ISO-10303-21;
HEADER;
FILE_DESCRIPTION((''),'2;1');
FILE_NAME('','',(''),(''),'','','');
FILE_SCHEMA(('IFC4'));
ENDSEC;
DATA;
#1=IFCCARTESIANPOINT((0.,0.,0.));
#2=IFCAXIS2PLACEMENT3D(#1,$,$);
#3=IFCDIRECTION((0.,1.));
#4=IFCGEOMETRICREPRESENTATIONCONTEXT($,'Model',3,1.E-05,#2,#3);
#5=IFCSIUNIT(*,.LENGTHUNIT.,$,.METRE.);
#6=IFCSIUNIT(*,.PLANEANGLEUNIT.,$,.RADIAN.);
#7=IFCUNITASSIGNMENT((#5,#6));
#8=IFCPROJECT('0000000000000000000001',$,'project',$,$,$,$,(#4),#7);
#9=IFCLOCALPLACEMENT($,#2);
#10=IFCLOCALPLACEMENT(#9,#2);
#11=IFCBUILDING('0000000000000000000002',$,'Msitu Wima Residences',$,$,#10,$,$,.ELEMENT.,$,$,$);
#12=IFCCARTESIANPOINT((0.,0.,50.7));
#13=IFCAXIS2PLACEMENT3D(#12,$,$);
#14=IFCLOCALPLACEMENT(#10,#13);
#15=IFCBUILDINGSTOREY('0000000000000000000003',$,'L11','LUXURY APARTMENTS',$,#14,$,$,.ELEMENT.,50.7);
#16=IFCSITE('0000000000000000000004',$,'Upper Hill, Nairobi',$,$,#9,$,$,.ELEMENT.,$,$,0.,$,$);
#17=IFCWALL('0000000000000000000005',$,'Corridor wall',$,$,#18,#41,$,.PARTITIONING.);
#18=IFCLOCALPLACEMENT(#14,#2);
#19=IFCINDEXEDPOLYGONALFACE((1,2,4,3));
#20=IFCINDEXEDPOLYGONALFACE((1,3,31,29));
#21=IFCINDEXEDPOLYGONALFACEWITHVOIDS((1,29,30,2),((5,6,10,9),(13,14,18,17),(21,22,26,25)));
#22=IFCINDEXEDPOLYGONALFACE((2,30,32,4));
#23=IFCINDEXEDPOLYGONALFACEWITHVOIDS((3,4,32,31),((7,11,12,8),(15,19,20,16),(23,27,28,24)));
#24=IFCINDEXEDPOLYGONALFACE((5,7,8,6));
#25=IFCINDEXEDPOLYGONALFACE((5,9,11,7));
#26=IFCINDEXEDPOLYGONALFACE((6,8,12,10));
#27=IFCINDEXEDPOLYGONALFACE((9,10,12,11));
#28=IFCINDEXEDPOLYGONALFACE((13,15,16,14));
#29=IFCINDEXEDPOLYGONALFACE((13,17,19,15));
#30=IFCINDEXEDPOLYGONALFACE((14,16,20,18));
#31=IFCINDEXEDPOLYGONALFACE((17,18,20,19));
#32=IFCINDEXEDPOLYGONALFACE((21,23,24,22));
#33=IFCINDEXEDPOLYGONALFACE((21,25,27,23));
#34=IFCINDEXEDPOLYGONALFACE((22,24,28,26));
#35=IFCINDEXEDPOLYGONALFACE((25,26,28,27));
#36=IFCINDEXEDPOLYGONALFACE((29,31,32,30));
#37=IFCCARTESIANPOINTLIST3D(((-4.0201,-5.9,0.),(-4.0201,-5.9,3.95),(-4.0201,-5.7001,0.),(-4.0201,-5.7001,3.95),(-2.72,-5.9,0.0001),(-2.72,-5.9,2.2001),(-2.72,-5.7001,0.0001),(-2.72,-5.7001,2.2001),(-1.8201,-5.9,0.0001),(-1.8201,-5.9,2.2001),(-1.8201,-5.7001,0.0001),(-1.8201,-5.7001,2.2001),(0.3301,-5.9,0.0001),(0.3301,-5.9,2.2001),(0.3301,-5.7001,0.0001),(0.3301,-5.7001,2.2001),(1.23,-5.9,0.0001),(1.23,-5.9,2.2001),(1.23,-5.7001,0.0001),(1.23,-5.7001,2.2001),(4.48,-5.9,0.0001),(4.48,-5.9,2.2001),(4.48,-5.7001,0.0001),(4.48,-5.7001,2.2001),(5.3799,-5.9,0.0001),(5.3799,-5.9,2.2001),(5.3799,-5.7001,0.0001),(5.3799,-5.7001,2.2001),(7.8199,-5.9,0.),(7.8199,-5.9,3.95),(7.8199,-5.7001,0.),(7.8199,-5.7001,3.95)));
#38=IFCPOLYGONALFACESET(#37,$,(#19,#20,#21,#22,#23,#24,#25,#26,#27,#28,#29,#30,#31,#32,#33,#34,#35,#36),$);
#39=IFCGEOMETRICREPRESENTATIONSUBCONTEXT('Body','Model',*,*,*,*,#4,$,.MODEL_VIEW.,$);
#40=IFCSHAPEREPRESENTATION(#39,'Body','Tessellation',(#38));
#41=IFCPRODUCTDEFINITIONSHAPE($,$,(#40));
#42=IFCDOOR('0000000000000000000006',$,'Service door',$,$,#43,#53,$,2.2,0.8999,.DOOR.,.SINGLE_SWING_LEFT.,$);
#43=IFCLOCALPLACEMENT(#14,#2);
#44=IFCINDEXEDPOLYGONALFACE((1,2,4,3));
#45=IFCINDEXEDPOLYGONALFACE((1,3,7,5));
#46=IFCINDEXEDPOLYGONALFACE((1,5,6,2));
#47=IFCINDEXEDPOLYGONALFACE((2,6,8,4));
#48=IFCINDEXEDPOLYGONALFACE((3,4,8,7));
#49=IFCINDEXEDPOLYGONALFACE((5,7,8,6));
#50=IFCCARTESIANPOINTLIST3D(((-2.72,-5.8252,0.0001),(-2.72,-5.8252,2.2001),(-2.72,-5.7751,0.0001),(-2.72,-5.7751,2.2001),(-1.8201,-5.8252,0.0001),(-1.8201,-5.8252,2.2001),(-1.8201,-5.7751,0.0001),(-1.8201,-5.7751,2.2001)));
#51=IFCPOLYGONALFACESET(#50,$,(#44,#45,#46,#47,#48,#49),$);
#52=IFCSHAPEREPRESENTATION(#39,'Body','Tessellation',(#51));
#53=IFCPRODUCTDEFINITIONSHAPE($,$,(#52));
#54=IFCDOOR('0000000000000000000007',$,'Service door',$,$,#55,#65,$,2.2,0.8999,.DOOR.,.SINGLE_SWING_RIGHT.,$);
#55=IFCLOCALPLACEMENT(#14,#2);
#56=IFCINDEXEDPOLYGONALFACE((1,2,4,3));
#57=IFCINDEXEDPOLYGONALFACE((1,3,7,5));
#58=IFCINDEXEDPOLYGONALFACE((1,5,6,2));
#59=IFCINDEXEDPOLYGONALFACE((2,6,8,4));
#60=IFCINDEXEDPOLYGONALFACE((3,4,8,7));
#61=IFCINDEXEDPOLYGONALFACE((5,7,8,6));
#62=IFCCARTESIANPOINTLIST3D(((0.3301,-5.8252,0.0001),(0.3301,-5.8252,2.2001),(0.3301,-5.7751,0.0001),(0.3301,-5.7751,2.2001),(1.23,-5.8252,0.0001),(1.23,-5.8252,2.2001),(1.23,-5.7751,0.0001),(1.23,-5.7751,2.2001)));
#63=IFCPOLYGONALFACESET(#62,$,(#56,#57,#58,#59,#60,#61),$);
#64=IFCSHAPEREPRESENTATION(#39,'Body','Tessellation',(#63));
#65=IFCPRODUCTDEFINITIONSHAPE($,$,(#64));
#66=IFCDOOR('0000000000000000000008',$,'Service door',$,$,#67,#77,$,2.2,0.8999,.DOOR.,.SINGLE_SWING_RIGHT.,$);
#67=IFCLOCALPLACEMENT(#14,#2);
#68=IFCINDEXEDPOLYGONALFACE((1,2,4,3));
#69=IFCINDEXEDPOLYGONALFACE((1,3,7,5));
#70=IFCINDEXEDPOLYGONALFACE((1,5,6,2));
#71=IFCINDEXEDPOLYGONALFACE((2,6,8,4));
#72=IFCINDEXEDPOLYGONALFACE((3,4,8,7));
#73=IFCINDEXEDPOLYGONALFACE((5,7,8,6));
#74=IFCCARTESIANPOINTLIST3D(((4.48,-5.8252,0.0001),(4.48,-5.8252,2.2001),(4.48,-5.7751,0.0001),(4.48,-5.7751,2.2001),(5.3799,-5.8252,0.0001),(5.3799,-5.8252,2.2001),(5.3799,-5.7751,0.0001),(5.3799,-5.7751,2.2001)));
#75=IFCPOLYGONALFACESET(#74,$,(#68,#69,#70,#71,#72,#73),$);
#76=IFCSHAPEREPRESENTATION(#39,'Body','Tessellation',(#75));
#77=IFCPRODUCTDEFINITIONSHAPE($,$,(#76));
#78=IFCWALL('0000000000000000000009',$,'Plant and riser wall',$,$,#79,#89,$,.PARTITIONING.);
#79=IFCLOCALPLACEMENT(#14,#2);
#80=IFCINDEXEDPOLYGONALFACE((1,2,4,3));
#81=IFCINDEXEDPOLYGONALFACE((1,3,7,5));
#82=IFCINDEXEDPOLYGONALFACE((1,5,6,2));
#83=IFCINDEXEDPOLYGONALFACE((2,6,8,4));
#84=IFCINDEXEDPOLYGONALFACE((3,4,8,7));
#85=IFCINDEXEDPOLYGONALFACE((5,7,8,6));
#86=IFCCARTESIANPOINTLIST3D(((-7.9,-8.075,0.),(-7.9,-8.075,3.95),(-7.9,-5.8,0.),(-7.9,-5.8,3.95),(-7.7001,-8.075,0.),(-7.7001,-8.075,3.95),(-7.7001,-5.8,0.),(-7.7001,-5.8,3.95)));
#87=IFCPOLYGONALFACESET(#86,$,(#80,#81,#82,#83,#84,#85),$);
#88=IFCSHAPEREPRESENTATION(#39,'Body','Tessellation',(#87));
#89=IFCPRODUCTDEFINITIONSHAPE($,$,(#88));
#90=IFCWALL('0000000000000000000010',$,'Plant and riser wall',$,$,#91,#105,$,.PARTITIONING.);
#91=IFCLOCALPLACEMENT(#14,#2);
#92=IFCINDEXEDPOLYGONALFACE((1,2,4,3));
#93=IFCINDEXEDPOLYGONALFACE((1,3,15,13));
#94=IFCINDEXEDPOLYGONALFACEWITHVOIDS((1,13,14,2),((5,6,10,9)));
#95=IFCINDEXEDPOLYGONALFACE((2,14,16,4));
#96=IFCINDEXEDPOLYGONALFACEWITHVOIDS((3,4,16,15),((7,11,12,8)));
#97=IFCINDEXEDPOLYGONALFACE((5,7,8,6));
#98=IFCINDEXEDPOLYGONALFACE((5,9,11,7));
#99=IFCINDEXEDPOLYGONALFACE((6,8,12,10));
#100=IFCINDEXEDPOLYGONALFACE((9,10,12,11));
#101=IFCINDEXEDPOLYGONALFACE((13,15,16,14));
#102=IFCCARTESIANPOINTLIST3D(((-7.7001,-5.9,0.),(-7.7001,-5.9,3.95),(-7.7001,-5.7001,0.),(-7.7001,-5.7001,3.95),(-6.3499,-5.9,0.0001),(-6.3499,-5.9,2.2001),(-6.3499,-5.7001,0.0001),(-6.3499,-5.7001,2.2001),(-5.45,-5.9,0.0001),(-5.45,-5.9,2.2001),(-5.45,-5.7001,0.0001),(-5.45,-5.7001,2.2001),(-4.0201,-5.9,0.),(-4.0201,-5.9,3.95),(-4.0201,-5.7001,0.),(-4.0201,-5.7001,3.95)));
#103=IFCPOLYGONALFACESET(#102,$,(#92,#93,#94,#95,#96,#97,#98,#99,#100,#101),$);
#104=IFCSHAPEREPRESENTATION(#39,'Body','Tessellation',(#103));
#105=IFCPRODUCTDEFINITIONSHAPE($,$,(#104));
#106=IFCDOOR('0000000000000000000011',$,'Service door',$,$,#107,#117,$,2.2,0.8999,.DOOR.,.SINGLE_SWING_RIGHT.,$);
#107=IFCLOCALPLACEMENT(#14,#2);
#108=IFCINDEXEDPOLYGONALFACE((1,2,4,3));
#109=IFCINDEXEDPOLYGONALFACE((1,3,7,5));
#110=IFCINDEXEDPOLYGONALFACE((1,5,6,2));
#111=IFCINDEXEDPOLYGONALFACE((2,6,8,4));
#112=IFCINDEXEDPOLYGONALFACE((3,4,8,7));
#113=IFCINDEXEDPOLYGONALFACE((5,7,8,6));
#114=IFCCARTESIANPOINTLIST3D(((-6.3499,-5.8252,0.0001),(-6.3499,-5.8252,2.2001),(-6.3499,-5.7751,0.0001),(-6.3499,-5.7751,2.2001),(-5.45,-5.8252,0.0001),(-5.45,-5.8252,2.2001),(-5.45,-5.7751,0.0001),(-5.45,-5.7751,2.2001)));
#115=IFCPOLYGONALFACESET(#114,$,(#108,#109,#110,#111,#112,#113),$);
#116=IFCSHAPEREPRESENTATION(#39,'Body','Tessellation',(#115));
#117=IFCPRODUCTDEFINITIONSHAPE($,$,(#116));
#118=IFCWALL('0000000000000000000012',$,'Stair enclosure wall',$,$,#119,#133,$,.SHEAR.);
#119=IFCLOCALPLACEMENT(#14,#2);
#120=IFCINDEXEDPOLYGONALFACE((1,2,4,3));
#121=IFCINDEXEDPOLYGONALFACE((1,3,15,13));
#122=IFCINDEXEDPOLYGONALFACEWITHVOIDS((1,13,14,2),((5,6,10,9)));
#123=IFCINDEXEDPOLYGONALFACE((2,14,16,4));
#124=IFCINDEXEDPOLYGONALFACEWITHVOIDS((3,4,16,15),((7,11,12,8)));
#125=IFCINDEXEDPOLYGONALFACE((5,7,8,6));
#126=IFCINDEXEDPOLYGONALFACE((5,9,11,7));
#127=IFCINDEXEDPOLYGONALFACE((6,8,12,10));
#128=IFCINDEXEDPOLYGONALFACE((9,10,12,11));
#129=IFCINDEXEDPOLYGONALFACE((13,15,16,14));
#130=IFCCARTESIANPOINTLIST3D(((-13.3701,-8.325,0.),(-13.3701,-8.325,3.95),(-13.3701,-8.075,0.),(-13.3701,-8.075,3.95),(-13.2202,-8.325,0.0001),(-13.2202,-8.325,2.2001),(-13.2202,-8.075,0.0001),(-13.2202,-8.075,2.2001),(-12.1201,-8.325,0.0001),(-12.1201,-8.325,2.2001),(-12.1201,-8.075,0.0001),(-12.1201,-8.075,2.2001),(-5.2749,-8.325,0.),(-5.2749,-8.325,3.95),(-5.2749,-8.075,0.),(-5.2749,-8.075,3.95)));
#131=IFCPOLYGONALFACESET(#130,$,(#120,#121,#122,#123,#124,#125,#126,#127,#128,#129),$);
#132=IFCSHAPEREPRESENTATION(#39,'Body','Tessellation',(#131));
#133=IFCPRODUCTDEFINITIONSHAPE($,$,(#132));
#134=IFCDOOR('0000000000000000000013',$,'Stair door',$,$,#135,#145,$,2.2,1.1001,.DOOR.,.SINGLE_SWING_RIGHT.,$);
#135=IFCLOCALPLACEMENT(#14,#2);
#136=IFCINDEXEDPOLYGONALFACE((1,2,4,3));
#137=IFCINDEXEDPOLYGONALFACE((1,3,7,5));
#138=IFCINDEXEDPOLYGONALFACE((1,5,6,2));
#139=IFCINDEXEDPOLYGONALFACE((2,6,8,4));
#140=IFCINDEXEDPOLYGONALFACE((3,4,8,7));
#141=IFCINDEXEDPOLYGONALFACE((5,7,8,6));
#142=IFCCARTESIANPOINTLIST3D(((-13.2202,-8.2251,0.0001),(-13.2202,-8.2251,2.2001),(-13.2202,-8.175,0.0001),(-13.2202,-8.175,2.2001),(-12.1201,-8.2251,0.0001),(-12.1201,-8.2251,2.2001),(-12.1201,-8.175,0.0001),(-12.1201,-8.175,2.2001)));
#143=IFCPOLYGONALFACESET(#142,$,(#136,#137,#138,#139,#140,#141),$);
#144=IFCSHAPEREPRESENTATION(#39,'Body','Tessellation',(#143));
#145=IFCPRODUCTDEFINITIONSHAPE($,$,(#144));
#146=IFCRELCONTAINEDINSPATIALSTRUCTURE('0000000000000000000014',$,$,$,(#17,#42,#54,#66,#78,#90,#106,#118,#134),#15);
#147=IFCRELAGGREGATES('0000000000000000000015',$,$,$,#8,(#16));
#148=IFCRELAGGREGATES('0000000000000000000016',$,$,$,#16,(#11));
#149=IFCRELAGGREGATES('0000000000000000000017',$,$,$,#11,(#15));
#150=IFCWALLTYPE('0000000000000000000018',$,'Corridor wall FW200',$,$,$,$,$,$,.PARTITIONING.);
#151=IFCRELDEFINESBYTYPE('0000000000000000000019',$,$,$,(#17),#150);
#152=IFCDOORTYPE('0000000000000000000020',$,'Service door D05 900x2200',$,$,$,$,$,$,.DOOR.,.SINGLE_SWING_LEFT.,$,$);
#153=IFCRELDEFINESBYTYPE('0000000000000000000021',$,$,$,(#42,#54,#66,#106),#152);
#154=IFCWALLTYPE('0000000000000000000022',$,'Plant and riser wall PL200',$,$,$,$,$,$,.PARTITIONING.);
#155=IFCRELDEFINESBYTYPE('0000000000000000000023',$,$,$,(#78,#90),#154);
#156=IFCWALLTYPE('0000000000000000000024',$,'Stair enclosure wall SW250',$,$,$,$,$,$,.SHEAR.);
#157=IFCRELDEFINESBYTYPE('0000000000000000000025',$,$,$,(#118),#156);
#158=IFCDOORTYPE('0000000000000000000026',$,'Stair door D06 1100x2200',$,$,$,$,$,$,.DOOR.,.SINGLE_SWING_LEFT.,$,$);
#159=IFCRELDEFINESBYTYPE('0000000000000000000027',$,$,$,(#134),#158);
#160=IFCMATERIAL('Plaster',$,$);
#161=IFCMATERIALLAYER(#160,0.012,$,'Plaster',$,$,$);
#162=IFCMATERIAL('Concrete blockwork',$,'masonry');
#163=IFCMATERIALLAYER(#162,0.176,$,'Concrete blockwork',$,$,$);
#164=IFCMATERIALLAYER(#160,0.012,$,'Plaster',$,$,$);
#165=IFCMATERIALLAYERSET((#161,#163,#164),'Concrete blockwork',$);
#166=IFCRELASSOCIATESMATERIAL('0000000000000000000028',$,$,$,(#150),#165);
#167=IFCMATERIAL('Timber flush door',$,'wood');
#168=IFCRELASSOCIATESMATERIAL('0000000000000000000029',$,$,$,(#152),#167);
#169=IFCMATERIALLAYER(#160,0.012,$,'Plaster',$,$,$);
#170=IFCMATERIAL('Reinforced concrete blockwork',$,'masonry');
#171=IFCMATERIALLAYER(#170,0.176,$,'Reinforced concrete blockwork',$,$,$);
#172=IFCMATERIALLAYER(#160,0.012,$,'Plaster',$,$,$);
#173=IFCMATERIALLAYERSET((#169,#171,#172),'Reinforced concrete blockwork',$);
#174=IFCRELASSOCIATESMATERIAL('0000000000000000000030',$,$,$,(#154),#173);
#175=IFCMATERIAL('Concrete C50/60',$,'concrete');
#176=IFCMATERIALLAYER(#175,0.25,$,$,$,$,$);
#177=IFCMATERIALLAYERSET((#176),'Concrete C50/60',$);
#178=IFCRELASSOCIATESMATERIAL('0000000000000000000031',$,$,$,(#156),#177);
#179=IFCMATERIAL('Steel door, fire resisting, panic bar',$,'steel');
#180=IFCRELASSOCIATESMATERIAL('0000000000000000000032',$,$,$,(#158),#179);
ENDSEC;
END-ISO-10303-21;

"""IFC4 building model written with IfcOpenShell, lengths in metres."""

from ifc_helpers import new_model, si_unit, direction, frame, frame_2d, origin, place, context, subcontext, project, spatial, rectangle, extrude, material, layer, layer_set, type_object, element, fill, save


model = new_model("IFC4")

# Units and contexts
model_context = context("Model", 3, precision=1e-05, world=origin(), true_north=direction((0.0, 1.0)))
body_context = subcontext(model_context, "Body", "Model", "MODEL_VIEW")
ifc_project = project(units=[si_unit("LENGTHUNIT", "METRE"), si_unit("PLANEANGLEUNIT", "RADIAN")], contexts=[model_context])

# Site, building, storey
site_placement = place(None, origin())
site = spatial("IfcSite", under=ifc_project, at=site_placement, Name="Upper Hill, Nairobi", CompositionType="ELEMENT", RefElevation=0.0)
building_placement = place(site_placement, origin())
building = spatial("IfcBuilding", under=site, at=building_placement, Name="Msitu Wima Residences", CompositionType="ELEMENT")
storey_placement = place(building_placement, frame((0.0, 0.0, 50.7)))
storey = spatial("IfcBuildingStorey", under=building, at=storey_placement, Name="L11", Description="LUXURY APARTMENTS", CompositionType="ELEMENT", Elevation=50.7)

# Shared definitions
ifc_material_1 = material(Name="Plaster")
ifc_layer_1 = layer(ifc_material_1, 0.012, Name="Plaster")
ifc_material_2 = material(Name="Concrete blockwork", Category="masonry")
ifc_layer_2 = layer(ifc_material_2, 0.176, Name="Concrete blockwork")
ifc_layer_3 = layer(ifc_material_1, 0.012, Name="Plaster")
ifc_layer_set_1 = layer_set([ifc_layer_1, ifc_layer_2, ifc_layer_3], Name="Concrete blockwork")
wall_type_1 = type_object("IfcWallType", Name="Corridor wall FW200", PredefinedType="PARTITIONING", material=ifc_layer_set_1)

# Wall, openings, doors
wall_1_placement = place(storey_placement, frame((-4.02, -5.8, 0.0), z_axis=(0.0, 0.0, 1.0), x_axis=(1.0, 0.0, 0.0)))
wall_1 = element("IfcWall", 1, at=wall_1_placement, inside=storey, type_object=wall_type_1, Name="Corridor wall", PredefinedType="PARTITIONING", context=body_context, shape_type="SweptSolid", body=[
    extrude(rectangle(XDim=11.8401, YDim=0.2, at=frame_2d((5.9199, 0.0))), origin(), (0.0, 0.0, 1.0), 3.95),
])
opening_1_placement = place(wall_1_placement, frame((1.3, 0.0, 0.0)))
opening_1 = element("IfcOpeningElement", 2, at=opening_1_placement, cuts=wall_1, PredefinedType="OPENING", context=body_context, shape_type="SweptSolid", body=[
    extrude(rectangle(XDim=0.8999, YDim=2.2, at=frame_2d((0.45, 1.1001))), frame((0.0, 0.1099, 0.0), z_axis=(0.0, -1.0, 0.0), x_axis=(1.0, 0.0, 0.0)), (0.0, 0.0, 1.0), 0.22),
])
opening_2_placement = place(wall_1_placement, frame((4.3501, 0.0, 0.0)))
opening_2 = element("IfcOpeningElement", 3, at=opening_2_placement, cuts=wall_1, PredefinedType="OPENING", context=body_context, shape_type="SweptSolid", body=[
    extrude(rectangle(XDim=0.8999, YDim=2.2, at=frame_2d((0.45, 1.1001))), frame((0.0, 0.1099, 0.0), z_axis=(0.0, -1.0, 0.0), x_axis=(1.0, 0.0, 0.0)), (0.0, 0.0, 1.0), 0.22),
])
opening_3_placement = place(wall_1_placement, frame((8.5, 0.0, 0.0)))
opening_3 = element("IfcOpeningElement", 4, at=opening_3_placement, cuts=wall_1, PredefinedType="OPENING", context=body_context, shape_type="SweptSolid", body=[
    extrude(rectangle(XDim=0.8999, YDim=2.2, at=frame_2d((0.45, 1.1001))), frame((0.0, 0.1099, 0.0), z_axis=(0.0, -1.0, 0.0), x_axis=(1.0, 0.0, 0.0)), (0.0, 0.0, 1.0), 0.22),
])
ifc_material_3 = material(Name="Timber flush door", Category="wood")
door_type_1 = type_object("IfcDoorType", Name="Service door D05 900x2200", OperationType="SINGLE_SWING_LEFT", PredefinedType="DOOR", material=ifc_material_3)
door_1_placement = place(opening_1_placement, origin())
door_1 = element("IfcDoor", 5, at=door_1_placement, inside=storey, type_object=door_type_1, Name="Service door", OperationType="SINGLE_SWING_LEFT", OverallHeight=2.2, OverallWidth=0.8999, PredefinedType="DOOR", context=body_context, shape_type="SweptSolid", body=[
    extrude(rectangle(XDim=0.8999, YDim=2.2, at=frame_2d((0.45, 1.1001))), frame((0.0, 0.0249, 0.0), z_axis=(0.0, -1.0, 0.0), x_axis=(1.0, 0.0, 0.0)), (0.0, 0.0, 1.0), 0.05),
])
fill(opening_1, door_1)
door_2_placement = place(opening_2_placement, origin())
door_2 = element("IfcDoor", 6, at=door_2_placement, inside=storey, type_object=door_type_1, Name="Service door", OperationType="SINGLE_SWING_RIGHT", OverallHeight=2.2, OverallWidth=0.8999, PredefinedType="DOOR", context=body_context, shape_type="SweptSolid", body=[
    extrude(rectangle(XDim=0.8999, YDim=2.2, at=frame_2d((0.45, 1.1001))), frame((0.0, 0.0249, 0.0), z_axis=(0.0, -1.0, 0.0), x_axis=(1.0, 0.0, 0.0)), (0.0, 0.0, 1.0), 0.05),
])
fill(opening_2, door_2)
door_3_placement = place(opening_3_placement, origin())
door_3 = element("IfcDoor", 7, at=door_3_placement, inside=storey, type_object=door_type_1, Name="Service door", OperationType="SINGLE_SWING_RIGHT", OverallHeight=2.2, OverallWidth=0.8999, PredefinedType="DOOR", context=body_context, shape_type="SweptSolid", body=[
    extrude(rectangle(XDim=0.8999, YDim=2.2, at=frame_2d((0.45, 1.1001))), frame((0.0, 0.0249, 0.0), z_axis=(0.0, -1.0, 0.0), x_axis=(1.0, 0.0, 0.0)), (0.0, 0.0, 1.0), 0.05),
])
fill(opening_3, door_3)

# Wall
ifc_layer_4 = layer(ifc_material_1, 0.012, Name="Plaster")
ifc_material_4 = material(Name="Reinforced concrete blockwork", Category="masonry")
ifc_layer_5 = layer(ifc_material_4, 0.176, Name="Reinforced concrete blockwork")
ifc_layer_6 = layer(ifc_material_1, 0.012, Name="Plaster")
ifc_layer_set_2 = layer_set([ifc_layer_4, ifc_layer_5, ifc_layer_6], Name="Reinforced concrete blockwork")
wall_type_2 = type_object("IfcWallType", Name="Plant and riser wall PL200", PredefinedType="PARTITIONING", material=ifc_layer_set_2)
wall_2_placement = place(storey_placement, frame((-7.8, -8.075, 0.0), z_axis=(0.0, 0.0, 1.0), x_axis=(0.0, 1.0, 0.0)))
element("IfcWall", 8, at=wall_2_placement, inside=storey, type_object=wall_type_2, Name="Plant and riser wall", PredefinedType="PARTITIONING", context=body_context, shape_type="SweptSolid", body=[
    extrude(rectangle(XDim=2.2749, YDim=0.2, at=frame_2d((1.1375, 0.0))), origin(), (0.0, 0.0, 1.0), 3.95),
])

# Walls, openings, doors
wall_3_placement = place(storey_placement, frame((-7.7, -5.8, 0.0), z_axis=(0.0, 0.0, 1.0), x_axis=(1.0, 0.0, 0.0)))
wall_3 = element("IfcWall", 9, at=wall_3_placement, inside=storey, type_object=wall_type_2, Name="Plant and riser wall", PredefinedType="PARTITIONING", context=body_context, shape_type="SweptSolid", body=[
    extrude(rectangle(XDim=3.6799, YDim=0.2, at=frame_2d((1.8398, 0.0))), origin(), (0.0, 0.0, 1.0), 3.95),
])
opening_4_placement = place(wall_3_placement, frame((1.3501, 0.0, 0.0)))
opening_4 = element("IfcOpeningElement", 10, at=opening_4_placement, cuts=wall_3, PredefinedType="OPENING", context=body_context, shape_type="SweptSolid", body=[
    extrude(rectangle(XDim=0.8999, YDim=2.2, at=frame_2d((0.45, 1.1001))), frame((0.0, 0.1099, 0.0), z_axis=(0.0, -1.0, 0.0), x_axis=(1.0, 0.0, 0.0)), (0.0, 0.0, 1.0), 0.22),
])
door_4_placement = place(opening_4_placement, origin())
door_4 = element("IfcDoor", 11, at=door_4_placement, inside=storey, type_object=door_type_1, Name="Service door", OperationType="SINGLE_SWING_RIGHT", OverallHeight=2.2, OverallWidth=0.8999, PredefinedType="DOOR", context=body_context, shape_type="SweptSolid", body=[
    extrude(rectangle(XDim=0.8999, YDim=2.2, at=frame_2d((0.45, 1.1001))), frame((0.0, 0.0249, 0.0), z_axis=(0.0, -1.0, 0.0), x_axis=(1.0, 0.0, 0.0)), (0.0, 0.0, 1.0), 0.05),
])
fill(opening_4, door_4)
ifc_material_5 = material(Name="Concrete C50/60", Category="concrete")
ifc_layer_7 = layer(ifc_material_5, 0.25)
ifc_layer_set_3 = layer_set([ifc_layer_7], Name="Concrete C50/60")
wall_type_3 = type_object("IfcWallType", Name="Stair enclosure wall SW250", PredefinedType="SHEAR", material=ifc_layer_set_3)
wall_4_placement = place(storey_placement, frame((-13.3701, -8.2, 0.0), z_axis=(0.0, 0.0, 1.0), x_axis=(1.0, 0.0, 0.0)))
wall_4 = element("IfcWall", 12, at=wall_4_placement, inside=storey, type_object=wall_type_3, Name="Stair enclosure wall", PredefinedType="SHEAR", context=body_context, shape_type="SweptSolid", body=[
    extrude(rectangle(XDim=8.0952, YDim=0.25, at=frame_2d((4.0476, 0.0))), origin(), (0.0, 0.0, 1.0), 3.95),
])
opening_5_placement = place(wall_4_placement, frame((0.1499, 0.0, 0.0)))
opening_5 = element("IfcOpeningElement", 13, at=opening_5_placement, cuts=wall_4, PredefinedType="OPENING", context=body_context, shape_type="SweptSolid", body=[
    extrude(rectangle(XDim=1.1001, YDim=2.2, at=frame_2d((0.55, 1.1001))), frame((0.0, 0.135, 0.0), z_axis=(0.0, -1.0, 0.0), x_axis=(1.0, 0.0, 0.0)), (0.0, 0.0, 1.0), 0.27),
])
ifc_material_6 = material(Name="Steel door, fire resisting, panic bar", Category="steel")
door_type_2 = type_object("IfcDoorType", Name="Stair door D06 1100x2200", OperationType="SINGLE_SWING_LEFT", PredefinedType="DOOR", material=ifc_material_6)
door_5_placement = place(opening_5_placement, origin())
door_5 = element("IfcDoor", 14, at=door_5_placement, inside=storey, type_object=door_type_2, Name="Stair door", OperationType="SINGLE_SWING_RIGHT", OverallHeight=2.2, OverallWidth=1.1001, PredefinedType="DOOR", context=body_context, shape_type="SweptSolid", body=[
    extrude(rectangle(XDim=1.1001, YDim=2.2, at=frame_2d((0.55, 1.1001))), frame((0.0, 0.0249, 0.0), z_axis=(0.0, -1.0, 0.0), x_axis=(1.0, 0.0, 0.0)), (0.0, 0.0, 1.0), 0.05),
])
fill(opening_5, door_5)

save(model, "model.ifc")
